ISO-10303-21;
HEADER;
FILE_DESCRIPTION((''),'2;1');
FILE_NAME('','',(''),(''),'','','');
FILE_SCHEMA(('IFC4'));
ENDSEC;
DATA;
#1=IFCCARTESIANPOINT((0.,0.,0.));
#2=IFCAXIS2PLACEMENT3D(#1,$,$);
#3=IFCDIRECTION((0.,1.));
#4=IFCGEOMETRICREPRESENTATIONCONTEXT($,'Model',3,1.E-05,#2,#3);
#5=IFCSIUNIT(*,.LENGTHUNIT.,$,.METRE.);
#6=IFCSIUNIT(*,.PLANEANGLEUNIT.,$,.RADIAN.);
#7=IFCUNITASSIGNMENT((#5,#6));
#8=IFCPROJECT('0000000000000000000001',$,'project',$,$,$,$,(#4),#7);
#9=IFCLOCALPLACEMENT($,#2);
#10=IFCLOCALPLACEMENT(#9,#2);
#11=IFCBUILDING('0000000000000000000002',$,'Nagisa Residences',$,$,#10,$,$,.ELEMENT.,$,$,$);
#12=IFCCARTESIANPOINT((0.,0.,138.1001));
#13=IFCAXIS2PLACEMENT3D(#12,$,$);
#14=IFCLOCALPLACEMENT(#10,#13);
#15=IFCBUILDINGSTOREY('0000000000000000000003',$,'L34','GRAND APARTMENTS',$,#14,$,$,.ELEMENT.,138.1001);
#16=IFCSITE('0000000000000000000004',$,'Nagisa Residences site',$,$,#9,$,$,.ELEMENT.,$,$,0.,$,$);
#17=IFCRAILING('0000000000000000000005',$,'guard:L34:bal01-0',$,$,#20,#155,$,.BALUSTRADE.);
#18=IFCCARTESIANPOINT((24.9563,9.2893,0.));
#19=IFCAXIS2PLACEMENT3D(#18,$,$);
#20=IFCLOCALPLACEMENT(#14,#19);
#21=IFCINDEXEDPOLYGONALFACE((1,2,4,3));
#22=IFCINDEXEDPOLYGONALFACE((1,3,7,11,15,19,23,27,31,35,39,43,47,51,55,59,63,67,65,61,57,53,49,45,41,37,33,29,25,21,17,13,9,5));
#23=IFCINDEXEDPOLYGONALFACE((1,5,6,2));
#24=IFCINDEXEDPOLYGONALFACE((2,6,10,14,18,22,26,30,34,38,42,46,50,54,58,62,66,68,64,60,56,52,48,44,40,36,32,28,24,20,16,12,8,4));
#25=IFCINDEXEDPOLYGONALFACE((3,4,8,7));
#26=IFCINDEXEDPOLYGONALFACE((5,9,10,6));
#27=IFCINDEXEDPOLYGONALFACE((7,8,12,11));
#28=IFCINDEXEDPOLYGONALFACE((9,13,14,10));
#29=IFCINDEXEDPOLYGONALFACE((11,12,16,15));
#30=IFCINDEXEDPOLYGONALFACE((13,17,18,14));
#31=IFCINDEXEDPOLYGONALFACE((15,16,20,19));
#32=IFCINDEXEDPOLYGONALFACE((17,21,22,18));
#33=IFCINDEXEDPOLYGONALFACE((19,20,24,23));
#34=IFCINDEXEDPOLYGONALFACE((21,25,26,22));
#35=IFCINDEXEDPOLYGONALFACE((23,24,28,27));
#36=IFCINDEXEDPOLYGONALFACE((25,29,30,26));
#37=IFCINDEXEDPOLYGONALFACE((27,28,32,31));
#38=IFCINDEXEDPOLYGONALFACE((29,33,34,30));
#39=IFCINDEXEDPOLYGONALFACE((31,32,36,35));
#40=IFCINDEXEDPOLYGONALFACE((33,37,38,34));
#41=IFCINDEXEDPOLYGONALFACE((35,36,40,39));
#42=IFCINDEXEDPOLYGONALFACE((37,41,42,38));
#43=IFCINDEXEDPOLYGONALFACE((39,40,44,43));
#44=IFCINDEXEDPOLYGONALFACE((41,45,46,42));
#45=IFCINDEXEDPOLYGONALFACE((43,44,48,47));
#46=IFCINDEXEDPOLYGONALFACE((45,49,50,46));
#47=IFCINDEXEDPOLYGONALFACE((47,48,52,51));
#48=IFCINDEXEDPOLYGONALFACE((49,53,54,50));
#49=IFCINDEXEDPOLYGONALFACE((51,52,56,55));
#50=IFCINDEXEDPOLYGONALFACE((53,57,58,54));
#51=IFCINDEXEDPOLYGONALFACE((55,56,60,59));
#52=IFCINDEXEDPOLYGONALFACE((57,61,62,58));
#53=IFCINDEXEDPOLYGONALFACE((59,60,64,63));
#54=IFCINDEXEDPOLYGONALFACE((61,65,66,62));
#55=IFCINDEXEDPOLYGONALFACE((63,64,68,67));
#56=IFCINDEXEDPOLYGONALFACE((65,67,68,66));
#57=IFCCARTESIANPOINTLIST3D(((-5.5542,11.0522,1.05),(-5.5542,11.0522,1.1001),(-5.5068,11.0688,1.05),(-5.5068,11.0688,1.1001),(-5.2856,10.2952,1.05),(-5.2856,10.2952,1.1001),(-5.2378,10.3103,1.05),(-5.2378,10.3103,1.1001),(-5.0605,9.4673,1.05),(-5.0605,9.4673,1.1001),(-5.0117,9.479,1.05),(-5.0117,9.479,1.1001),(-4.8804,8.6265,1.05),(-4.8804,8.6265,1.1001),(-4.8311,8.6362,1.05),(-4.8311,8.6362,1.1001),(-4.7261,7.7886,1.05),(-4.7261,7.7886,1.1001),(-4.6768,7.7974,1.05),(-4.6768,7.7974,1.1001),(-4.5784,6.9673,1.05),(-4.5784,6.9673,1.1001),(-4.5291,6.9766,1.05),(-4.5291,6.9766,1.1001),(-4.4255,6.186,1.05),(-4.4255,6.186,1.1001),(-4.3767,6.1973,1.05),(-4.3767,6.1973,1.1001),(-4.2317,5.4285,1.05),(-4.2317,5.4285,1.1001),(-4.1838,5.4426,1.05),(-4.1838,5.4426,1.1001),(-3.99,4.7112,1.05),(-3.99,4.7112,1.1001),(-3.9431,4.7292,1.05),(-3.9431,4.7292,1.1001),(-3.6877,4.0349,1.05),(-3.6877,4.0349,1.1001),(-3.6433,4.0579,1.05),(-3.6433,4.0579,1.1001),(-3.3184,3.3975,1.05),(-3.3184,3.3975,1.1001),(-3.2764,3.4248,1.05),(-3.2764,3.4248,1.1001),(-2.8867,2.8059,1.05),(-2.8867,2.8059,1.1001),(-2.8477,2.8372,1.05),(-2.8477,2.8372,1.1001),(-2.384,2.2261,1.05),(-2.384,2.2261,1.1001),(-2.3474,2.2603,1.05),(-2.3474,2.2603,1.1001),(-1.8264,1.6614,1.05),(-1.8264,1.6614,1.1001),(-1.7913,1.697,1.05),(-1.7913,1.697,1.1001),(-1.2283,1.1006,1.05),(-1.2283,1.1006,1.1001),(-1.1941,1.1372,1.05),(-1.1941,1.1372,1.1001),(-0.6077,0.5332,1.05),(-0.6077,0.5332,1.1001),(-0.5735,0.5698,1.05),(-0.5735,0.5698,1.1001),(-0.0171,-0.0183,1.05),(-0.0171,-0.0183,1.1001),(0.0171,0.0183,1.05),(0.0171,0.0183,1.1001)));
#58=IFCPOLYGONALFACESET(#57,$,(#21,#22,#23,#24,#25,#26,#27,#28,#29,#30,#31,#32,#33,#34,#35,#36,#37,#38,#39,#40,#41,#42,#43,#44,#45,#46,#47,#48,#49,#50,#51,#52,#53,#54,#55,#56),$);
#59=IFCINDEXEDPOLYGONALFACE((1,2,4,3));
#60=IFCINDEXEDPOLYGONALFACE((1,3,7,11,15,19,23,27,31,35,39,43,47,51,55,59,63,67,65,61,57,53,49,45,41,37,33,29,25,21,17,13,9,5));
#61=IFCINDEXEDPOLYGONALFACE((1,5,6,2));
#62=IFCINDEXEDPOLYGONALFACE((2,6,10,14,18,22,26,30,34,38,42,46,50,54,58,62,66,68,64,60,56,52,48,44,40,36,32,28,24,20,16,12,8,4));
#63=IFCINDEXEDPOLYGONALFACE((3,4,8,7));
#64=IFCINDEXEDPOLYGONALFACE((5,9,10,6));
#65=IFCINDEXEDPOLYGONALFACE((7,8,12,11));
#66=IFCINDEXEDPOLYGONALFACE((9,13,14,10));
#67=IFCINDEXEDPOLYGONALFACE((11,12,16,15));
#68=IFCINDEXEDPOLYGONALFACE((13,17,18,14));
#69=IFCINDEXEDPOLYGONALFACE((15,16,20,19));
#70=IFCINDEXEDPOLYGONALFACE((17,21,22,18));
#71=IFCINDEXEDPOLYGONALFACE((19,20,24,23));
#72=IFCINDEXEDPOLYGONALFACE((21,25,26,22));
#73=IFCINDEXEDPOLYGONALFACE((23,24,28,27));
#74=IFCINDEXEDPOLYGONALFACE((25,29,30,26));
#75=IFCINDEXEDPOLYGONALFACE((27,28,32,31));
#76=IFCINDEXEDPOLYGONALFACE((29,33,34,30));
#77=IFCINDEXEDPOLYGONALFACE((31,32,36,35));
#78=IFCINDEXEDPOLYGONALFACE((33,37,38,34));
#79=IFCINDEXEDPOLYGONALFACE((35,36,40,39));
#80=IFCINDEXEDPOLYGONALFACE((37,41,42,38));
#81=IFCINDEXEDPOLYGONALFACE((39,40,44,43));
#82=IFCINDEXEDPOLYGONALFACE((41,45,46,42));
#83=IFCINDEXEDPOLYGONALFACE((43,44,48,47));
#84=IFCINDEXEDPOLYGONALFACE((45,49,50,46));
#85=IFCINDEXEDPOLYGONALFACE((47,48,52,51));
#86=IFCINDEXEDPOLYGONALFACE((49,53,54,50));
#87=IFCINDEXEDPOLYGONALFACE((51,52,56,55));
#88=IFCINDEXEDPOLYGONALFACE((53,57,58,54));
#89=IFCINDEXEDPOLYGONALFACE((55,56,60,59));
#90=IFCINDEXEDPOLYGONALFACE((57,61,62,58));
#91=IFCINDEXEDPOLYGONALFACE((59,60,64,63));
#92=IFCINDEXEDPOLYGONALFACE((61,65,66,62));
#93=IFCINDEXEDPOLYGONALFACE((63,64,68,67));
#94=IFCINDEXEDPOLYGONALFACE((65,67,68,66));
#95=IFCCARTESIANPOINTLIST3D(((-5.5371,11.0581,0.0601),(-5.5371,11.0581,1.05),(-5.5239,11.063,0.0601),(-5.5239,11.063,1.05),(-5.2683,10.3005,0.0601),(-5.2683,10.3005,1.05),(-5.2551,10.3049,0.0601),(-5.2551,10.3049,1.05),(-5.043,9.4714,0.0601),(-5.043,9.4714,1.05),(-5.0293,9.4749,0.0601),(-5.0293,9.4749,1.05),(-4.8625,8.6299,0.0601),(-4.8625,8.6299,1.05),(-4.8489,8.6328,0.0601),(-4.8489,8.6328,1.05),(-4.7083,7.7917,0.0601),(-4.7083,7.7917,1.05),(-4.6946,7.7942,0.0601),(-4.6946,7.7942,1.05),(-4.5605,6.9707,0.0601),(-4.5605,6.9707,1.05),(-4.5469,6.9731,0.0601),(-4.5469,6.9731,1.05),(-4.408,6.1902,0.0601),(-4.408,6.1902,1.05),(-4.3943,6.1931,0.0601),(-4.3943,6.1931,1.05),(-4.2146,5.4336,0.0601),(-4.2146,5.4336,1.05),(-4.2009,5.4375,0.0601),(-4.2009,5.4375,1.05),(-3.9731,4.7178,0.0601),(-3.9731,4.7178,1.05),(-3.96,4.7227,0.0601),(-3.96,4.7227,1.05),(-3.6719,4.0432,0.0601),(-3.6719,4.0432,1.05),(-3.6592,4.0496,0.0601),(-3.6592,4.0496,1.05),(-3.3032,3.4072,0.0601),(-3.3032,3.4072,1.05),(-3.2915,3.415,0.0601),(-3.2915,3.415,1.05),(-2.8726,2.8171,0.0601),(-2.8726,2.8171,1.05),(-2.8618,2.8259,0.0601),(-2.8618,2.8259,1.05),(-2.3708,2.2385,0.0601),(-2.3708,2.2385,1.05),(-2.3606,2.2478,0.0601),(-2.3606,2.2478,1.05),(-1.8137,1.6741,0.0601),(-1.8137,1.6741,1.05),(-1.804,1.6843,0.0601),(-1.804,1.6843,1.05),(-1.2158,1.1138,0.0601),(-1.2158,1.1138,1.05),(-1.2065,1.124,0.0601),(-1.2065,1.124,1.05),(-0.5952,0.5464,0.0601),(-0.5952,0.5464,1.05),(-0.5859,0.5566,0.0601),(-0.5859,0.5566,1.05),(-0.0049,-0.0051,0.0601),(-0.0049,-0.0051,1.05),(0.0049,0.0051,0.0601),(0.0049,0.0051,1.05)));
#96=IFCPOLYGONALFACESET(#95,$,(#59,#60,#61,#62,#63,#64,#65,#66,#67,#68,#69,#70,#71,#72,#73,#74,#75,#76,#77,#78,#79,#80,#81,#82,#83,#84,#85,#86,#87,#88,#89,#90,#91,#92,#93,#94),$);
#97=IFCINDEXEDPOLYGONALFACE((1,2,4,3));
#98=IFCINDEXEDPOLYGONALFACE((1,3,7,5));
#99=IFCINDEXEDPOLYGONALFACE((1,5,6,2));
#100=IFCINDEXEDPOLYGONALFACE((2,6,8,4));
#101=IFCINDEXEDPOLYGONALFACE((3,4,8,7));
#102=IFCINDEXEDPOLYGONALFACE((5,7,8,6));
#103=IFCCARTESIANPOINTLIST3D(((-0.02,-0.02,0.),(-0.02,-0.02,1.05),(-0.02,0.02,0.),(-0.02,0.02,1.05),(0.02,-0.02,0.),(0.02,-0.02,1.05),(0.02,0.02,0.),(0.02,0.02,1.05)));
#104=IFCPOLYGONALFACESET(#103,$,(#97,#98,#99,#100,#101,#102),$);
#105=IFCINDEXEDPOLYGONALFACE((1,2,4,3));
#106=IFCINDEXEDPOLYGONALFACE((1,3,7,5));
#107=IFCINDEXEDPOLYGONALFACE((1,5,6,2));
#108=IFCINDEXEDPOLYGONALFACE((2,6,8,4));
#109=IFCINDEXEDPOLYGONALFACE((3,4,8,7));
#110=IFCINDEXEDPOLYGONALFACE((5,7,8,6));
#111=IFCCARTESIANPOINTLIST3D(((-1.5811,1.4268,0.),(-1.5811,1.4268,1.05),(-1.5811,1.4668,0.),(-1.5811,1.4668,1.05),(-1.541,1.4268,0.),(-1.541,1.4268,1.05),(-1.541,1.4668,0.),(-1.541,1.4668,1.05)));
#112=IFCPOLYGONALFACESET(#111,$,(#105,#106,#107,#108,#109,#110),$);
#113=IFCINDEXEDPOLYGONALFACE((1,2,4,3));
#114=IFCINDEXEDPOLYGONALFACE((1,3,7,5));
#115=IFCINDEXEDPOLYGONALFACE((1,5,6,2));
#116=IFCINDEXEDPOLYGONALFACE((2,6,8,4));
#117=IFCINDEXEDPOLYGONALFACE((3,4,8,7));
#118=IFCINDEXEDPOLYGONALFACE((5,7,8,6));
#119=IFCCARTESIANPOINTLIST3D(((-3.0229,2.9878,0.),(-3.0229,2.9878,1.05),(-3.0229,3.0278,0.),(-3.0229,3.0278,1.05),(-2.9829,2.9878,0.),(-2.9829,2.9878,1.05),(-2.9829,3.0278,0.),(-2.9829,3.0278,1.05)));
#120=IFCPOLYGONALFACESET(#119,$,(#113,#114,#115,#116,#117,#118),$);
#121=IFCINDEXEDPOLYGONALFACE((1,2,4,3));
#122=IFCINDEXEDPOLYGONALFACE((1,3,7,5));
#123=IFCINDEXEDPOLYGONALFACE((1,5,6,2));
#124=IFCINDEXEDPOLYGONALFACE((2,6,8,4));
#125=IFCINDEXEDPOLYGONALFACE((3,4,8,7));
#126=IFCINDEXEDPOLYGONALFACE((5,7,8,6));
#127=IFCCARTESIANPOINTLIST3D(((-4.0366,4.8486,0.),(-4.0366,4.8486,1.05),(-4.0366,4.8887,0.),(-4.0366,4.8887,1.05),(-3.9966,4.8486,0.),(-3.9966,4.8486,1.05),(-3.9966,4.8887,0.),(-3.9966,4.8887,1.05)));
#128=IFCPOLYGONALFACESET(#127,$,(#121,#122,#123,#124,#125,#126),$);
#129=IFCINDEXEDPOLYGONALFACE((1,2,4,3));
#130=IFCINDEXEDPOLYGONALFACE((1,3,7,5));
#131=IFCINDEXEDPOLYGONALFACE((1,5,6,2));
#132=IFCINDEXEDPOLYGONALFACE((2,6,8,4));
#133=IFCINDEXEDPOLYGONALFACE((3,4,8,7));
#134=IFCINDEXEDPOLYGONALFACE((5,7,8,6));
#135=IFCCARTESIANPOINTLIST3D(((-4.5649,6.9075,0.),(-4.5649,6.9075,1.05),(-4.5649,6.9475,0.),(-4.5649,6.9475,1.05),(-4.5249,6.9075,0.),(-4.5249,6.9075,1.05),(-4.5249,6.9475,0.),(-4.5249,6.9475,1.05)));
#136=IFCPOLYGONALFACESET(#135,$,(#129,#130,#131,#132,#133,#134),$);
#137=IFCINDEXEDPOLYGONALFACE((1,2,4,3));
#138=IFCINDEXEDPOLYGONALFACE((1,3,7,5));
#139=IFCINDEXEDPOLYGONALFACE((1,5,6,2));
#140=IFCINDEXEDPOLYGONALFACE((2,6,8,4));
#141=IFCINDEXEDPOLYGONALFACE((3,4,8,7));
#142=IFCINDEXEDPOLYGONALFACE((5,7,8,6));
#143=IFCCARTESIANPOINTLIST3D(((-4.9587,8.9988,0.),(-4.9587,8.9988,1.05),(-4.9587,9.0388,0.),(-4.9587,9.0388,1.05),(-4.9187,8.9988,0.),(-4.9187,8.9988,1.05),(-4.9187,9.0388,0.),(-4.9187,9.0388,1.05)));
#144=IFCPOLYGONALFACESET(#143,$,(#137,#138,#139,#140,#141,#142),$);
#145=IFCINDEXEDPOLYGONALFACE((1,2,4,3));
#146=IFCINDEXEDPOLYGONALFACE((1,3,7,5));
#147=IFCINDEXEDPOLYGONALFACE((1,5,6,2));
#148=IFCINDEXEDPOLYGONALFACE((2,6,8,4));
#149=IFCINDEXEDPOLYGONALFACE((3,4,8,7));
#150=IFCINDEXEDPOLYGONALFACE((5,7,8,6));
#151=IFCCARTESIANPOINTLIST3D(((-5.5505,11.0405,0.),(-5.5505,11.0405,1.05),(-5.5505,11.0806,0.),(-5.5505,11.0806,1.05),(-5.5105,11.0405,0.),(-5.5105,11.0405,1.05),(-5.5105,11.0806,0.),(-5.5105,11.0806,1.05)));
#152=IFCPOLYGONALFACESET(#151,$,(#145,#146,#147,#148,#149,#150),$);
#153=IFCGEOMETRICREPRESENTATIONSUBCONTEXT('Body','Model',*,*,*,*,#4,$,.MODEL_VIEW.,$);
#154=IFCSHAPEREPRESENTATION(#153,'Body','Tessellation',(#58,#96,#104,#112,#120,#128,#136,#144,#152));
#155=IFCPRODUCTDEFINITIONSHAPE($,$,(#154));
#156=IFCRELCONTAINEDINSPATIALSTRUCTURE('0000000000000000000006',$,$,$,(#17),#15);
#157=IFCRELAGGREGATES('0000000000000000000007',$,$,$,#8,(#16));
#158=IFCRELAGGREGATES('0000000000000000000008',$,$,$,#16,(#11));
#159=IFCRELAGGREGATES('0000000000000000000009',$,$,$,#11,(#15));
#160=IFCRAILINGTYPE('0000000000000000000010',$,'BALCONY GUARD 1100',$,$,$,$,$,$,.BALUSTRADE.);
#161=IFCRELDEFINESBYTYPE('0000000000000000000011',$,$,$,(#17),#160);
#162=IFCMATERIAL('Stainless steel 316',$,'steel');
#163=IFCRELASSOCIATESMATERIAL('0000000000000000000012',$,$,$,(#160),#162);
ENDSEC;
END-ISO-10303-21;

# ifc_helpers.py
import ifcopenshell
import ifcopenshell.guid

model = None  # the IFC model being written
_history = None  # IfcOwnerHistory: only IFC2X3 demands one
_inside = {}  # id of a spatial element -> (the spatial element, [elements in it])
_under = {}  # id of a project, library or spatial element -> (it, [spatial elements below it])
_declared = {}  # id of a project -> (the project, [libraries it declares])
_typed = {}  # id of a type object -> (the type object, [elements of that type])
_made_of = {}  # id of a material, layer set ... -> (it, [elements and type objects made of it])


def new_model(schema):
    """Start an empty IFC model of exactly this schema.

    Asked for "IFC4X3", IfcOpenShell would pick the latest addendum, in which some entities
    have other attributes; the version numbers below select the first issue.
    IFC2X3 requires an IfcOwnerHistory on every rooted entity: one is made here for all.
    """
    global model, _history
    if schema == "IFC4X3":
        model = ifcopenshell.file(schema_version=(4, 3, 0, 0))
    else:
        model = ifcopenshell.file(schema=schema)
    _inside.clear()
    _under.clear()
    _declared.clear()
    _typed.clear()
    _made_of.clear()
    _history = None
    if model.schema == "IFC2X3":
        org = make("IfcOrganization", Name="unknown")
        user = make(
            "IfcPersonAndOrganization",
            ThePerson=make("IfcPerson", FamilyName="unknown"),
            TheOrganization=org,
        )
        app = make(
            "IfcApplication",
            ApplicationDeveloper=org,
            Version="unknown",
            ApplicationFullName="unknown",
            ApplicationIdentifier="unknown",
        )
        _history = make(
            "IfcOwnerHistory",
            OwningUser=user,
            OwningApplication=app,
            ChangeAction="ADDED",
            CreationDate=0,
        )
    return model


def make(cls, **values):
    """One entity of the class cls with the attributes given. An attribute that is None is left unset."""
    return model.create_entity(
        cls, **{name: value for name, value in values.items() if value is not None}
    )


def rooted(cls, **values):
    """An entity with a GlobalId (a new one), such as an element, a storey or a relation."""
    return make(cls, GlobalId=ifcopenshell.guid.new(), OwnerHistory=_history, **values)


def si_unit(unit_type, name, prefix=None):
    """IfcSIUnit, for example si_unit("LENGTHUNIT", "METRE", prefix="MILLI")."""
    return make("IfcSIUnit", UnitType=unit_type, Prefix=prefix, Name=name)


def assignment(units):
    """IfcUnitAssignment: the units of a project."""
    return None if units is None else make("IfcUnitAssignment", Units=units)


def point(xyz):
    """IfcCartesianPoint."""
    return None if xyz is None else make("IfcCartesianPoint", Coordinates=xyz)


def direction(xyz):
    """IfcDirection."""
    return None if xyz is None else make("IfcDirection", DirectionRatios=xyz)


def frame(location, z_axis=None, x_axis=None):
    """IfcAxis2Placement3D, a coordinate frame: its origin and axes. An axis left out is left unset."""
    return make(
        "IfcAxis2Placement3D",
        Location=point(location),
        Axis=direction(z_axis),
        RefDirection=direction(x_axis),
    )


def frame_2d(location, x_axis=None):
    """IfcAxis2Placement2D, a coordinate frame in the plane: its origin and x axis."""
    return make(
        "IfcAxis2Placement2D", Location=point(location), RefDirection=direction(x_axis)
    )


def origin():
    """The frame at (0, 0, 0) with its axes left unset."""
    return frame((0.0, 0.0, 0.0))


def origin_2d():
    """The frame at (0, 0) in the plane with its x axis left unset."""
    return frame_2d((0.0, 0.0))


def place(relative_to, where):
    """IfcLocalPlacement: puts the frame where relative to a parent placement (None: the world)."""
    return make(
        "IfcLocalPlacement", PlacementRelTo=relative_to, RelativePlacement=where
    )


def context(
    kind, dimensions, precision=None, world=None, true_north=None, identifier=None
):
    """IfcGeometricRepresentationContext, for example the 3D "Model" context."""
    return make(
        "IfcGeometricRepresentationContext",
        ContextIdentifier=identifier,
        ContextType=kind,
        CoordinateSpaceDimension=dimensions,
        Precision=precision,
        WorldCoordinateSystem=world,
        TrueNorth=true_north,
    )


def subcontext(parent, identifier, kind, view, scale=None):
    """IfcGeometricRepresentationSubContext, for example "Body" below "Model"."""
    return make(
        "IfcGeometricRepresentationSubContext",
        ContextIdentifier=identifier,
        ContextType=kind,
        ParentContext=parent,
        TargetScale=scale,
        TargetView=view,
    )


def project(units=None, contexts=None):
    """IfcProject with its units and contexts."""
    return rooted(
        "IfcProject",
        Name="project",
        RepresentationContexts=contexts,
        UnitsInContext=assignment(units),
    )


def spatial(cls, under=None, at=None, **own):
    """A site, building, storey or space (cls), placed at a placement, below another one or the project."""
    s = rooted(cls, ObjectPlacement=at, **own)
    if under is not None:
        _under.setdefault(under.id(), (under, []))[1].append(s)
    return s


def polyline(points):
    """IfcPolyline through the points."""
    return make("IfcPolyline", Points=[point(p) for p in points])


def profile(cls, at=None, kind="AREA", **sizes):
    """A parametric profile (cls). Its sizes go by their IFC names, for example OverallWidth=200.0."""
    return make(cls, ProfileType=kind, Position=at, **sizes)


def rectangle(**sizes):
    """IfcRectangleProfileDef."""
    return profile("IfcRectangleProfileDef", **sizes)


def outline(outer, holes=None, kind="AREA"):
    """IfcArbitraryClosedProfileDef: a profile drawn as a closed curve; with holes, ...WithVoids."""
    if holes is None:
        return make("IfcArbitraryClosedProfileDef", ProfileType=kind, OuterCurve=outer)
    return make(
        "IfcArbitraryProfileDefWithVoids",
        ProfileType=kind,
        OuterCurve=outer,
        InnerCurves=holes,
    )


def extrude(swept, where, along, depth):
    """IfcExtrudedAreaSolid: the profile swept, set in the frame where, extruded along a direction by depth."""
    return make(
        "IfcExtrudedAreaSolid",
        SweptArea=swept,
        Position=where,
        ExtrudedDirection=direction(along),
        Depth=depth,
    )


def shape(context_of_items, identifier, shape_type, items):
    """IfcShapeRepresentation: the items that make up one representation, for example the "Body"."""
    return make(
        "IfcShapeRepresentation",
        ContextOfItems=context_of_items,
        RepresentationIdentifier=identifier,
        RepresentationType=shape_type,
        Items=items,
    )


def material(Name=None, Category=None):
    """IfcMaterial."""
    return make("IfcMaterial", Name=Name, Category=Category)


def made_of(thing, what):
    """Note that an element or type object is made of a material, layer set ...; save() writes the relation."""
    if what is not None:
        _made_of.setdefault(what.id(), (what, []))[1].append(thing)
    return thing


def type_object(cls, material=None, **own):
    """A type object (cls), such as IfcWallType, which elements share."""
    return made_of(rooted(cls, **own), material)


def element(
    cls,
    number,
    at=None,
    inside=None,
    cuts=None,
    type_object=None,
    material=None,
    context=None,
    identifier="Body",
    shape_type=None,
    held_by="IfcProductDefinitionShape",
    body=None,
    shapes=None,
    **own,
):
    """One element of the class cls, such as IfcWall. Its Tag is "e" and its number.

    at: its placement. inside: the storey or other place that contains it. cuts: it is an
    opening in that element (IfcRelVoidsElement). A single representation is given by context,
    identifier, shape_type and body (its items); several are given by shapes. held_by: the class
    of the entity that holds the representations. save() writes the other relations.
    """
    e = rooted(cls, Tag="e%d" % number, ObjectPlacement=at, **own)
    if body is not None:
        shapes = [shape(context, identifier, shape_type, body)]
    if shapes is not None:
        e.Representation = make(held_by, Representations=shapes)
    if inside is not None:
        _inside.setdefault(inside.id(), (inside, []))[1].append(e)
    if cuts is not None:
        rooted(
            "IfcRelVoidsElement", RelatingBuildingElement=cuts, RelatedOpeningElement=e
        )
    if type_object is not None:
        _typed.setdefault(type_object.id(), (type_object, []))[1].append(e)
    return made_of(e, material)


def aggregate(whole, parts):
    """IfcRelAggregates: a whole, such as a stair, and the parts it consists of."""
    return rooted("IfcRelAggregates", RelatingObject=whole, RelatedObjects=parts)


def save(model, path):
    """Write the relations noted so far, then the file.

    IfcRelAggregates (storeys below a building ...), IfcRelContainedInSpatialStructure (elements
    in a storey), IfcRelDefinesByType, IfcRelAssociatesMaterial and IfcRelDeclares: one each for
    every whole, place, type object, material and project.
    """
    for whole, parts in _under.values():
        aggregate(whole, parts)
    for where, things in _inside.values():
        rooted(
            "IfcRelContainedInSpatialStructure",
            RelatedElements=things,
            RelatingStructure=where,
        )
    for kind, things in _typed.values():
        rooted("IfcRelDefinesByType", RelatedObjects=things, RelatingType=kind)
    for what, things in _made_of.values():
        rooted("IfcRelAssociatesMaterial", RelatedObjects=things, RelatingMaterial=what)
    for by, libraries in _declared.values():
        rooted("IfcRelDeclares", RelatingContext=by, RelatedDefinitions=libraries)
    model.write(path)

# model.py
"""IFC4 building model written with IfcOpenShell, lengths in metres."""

from ifc_helpers import new_model, si_unit, direction, frame, origin, origin_2d, place, context, subcontext, project, spatial, polyline, rectangle, outline, extrude, material, type_object, element, save


model = new_model("IFC4")

# Units and contexts
model_context = context("Model", 3, precision=1e-05, world=origin(), true_north=direction((0.0, 1.0)))
body_context = subcontext(model_context, "Body", "Model", "MODEL_VIEW")
ifc_project = project(units=[si_unit("LENGTHUNIT", "METRE"), si_unit("PLANEANGLEUNIT", "RADIAN")], contexts=[model_context])

# Site, building, storey
site_placement = place(None, origin())
site = spatial("IfcSite", under=ifc_project, at=site_placement, Name="Nagisa Residences site", CompositionType="ELEMENT", RefElevation=0.0)
building_placement = place(site_placement, origin())
building = spatial("IfcBuilding", under=site, at=building_placement, Name="Nagisa Residences", CompositionType="ELEMENT")
storey_placement = place(building_placement, frame((0.0, 0.0, 138.1001)))
storey = spatial("IfcBuildingStorey", under=building, at=storey_placement, Name="L34", Description="GRAND APARTMENTS", CompositionType="ELEMENT", Elevation=138.1001)

# Railing
ifc_material_1 = material(Name="Stainless steel 316", Category="steel")
railing_type = type_object("IfcRailingType", Name="BALCONY GUARD 1100", PredefinedType="BALUSTRADE", material=ifc_material_1)
railing_placement = place(storey_placement, frame((24.9563, 9.2893, 0.0)))
element("IfcRailing", 1, at=railing_placement, inside=storey, type_object=railing_type, Name="guard:L34:bal01-0", PredefinedType="BALUSTRADE", context=body_context, shape_type="SweptSolid", body=[
    extrude(outline(polyline([(-0.6077, 0.5332), (-0.0171, -0.0183), (0.0171, 0.0183), (-0.5735, 0.5698), (-1.1941, 1.1372), (-1.7913, 1.697), (-2.3474, 2.2603), (-2.8477, 2.8372), (-3.2764, 3.4248), (-3.6433, 4.0579), (-3.9431, 4.7292), (-4.1838, 5.4426), (-4.3767, 6.1973), (-4.5291, 6.9766), (-4.6768, 7.7974), (-4.8311, 8.6362), (-5.0117, 9.479), (-5.2378, 10.3103), (-5.5068, 11.0688), (-5.5542, 11.0522), (-5.2856, 10.2952), (-5.0605, 9.4673), (-4.8804, 8.6265), (-4.7261, 7.7886), (-4.5784, 6.9673), (-4.4255, 6.186), (-4.2317, 5.4285), (-3.99, 4.7112), (-3.6877, 4.0349), (-3.3184, 3.3975), (-2.8867, 2.8059), (-2.384, 2.2261), (-1.8264, 1.6614), (-1.2283, 1.1006), (-0.6077, 0.5332)])), frame((0.0, 0.0, 1.05)), (0.0, 0.0, 1.0), 0.05),
    extrude(outline(polyline([(-0.5952, 0.5464), (-0.0049, -0.0051), (0.0049, 0.0051), (-0.5859, 0.5566), (-1.2065, 1.124), (-1.804, 1.6843), (-2.3606, 2.2478), (-2.8618, 2.8259), (-3.2915, 3.415), (-3.6592, 4.0496), (-3.96, 4.7227), (-4.2009, 5.4375), (-4.3943, 6.1931), (-4.5469, 6.9731), (-4.6946, 7.7942), (-4.8489, 8.6328), (-5.0293, 9.4749), (-5.2551, 10.3049), (-5.5239, 11.063), (-5.5371, 11.0581), (-5.2683, 10.3005), (-5.043, 9.4714), (-4.8625, 8.6299), (-4.7083, 7.7917), (-4.5605, 6.9707), (-4.408, 6.1902), (-4.2146, 5.4336), (-3.9731, 4.7178), (-3.6719, 4.0432), (-3.3032, 3.4072), (-2.8726, 2.8171), (-2.3708, 2.2385), (-1.8137, 1.6741), (-1.2158, 1.1138), (-0.5952, 0.5464)])), frame((0.0, 0.0, 0.0601)), (0.0, 0.0, 1.0), 0.99),
    extrude(rectangle(XDim=0.04, YDim=0.04, at=origin_2d()), origin(), (0.0, 0.0, 1.0), 1.05),
    extrude(rectangle(XDim=0.04, YDim=0.04, at=origin_2d()), frame((-1.561, 1.4468, 0.0)), (0.0, 0.0, 1.0), 1.05),
    extrude(rectangle(XDim=0.04, YDim=0.04, at=origin_2d()), frame((-3.0029, 3.0078, 0.0)), (0.0, 0.0, 1.0), 1.05),
    extrude(rectangle(XDim=0.04, YDim=0.04, at=origin_2d()), frame((-4.0166, 4.8687, 0.0)), (0.0, 0.0, 1.0), 1.05),
    extrude(rectangle(XDim=0.04, YDim=0.04, at=origin_2d()), frame((-4.5449, 6.9275, 0.0)), (0.0, 0.0, 1.0), 1.05),
    extrude(rectangle(XDim=0.04, YDim=0.04, at=origin_2d()), frame((-4.9387, 9.0188, 0.0)), (0.0, 0.0, 1.0), 1.05),
    extrude(rectangle(XDim=0.04, YDim=0.04, at=origin_2d()), frame((-5.5305, 11.0605, 0.0)), (0.0, 0.0, 1.0), 1.05),
])

save(model, "model.ifc")
